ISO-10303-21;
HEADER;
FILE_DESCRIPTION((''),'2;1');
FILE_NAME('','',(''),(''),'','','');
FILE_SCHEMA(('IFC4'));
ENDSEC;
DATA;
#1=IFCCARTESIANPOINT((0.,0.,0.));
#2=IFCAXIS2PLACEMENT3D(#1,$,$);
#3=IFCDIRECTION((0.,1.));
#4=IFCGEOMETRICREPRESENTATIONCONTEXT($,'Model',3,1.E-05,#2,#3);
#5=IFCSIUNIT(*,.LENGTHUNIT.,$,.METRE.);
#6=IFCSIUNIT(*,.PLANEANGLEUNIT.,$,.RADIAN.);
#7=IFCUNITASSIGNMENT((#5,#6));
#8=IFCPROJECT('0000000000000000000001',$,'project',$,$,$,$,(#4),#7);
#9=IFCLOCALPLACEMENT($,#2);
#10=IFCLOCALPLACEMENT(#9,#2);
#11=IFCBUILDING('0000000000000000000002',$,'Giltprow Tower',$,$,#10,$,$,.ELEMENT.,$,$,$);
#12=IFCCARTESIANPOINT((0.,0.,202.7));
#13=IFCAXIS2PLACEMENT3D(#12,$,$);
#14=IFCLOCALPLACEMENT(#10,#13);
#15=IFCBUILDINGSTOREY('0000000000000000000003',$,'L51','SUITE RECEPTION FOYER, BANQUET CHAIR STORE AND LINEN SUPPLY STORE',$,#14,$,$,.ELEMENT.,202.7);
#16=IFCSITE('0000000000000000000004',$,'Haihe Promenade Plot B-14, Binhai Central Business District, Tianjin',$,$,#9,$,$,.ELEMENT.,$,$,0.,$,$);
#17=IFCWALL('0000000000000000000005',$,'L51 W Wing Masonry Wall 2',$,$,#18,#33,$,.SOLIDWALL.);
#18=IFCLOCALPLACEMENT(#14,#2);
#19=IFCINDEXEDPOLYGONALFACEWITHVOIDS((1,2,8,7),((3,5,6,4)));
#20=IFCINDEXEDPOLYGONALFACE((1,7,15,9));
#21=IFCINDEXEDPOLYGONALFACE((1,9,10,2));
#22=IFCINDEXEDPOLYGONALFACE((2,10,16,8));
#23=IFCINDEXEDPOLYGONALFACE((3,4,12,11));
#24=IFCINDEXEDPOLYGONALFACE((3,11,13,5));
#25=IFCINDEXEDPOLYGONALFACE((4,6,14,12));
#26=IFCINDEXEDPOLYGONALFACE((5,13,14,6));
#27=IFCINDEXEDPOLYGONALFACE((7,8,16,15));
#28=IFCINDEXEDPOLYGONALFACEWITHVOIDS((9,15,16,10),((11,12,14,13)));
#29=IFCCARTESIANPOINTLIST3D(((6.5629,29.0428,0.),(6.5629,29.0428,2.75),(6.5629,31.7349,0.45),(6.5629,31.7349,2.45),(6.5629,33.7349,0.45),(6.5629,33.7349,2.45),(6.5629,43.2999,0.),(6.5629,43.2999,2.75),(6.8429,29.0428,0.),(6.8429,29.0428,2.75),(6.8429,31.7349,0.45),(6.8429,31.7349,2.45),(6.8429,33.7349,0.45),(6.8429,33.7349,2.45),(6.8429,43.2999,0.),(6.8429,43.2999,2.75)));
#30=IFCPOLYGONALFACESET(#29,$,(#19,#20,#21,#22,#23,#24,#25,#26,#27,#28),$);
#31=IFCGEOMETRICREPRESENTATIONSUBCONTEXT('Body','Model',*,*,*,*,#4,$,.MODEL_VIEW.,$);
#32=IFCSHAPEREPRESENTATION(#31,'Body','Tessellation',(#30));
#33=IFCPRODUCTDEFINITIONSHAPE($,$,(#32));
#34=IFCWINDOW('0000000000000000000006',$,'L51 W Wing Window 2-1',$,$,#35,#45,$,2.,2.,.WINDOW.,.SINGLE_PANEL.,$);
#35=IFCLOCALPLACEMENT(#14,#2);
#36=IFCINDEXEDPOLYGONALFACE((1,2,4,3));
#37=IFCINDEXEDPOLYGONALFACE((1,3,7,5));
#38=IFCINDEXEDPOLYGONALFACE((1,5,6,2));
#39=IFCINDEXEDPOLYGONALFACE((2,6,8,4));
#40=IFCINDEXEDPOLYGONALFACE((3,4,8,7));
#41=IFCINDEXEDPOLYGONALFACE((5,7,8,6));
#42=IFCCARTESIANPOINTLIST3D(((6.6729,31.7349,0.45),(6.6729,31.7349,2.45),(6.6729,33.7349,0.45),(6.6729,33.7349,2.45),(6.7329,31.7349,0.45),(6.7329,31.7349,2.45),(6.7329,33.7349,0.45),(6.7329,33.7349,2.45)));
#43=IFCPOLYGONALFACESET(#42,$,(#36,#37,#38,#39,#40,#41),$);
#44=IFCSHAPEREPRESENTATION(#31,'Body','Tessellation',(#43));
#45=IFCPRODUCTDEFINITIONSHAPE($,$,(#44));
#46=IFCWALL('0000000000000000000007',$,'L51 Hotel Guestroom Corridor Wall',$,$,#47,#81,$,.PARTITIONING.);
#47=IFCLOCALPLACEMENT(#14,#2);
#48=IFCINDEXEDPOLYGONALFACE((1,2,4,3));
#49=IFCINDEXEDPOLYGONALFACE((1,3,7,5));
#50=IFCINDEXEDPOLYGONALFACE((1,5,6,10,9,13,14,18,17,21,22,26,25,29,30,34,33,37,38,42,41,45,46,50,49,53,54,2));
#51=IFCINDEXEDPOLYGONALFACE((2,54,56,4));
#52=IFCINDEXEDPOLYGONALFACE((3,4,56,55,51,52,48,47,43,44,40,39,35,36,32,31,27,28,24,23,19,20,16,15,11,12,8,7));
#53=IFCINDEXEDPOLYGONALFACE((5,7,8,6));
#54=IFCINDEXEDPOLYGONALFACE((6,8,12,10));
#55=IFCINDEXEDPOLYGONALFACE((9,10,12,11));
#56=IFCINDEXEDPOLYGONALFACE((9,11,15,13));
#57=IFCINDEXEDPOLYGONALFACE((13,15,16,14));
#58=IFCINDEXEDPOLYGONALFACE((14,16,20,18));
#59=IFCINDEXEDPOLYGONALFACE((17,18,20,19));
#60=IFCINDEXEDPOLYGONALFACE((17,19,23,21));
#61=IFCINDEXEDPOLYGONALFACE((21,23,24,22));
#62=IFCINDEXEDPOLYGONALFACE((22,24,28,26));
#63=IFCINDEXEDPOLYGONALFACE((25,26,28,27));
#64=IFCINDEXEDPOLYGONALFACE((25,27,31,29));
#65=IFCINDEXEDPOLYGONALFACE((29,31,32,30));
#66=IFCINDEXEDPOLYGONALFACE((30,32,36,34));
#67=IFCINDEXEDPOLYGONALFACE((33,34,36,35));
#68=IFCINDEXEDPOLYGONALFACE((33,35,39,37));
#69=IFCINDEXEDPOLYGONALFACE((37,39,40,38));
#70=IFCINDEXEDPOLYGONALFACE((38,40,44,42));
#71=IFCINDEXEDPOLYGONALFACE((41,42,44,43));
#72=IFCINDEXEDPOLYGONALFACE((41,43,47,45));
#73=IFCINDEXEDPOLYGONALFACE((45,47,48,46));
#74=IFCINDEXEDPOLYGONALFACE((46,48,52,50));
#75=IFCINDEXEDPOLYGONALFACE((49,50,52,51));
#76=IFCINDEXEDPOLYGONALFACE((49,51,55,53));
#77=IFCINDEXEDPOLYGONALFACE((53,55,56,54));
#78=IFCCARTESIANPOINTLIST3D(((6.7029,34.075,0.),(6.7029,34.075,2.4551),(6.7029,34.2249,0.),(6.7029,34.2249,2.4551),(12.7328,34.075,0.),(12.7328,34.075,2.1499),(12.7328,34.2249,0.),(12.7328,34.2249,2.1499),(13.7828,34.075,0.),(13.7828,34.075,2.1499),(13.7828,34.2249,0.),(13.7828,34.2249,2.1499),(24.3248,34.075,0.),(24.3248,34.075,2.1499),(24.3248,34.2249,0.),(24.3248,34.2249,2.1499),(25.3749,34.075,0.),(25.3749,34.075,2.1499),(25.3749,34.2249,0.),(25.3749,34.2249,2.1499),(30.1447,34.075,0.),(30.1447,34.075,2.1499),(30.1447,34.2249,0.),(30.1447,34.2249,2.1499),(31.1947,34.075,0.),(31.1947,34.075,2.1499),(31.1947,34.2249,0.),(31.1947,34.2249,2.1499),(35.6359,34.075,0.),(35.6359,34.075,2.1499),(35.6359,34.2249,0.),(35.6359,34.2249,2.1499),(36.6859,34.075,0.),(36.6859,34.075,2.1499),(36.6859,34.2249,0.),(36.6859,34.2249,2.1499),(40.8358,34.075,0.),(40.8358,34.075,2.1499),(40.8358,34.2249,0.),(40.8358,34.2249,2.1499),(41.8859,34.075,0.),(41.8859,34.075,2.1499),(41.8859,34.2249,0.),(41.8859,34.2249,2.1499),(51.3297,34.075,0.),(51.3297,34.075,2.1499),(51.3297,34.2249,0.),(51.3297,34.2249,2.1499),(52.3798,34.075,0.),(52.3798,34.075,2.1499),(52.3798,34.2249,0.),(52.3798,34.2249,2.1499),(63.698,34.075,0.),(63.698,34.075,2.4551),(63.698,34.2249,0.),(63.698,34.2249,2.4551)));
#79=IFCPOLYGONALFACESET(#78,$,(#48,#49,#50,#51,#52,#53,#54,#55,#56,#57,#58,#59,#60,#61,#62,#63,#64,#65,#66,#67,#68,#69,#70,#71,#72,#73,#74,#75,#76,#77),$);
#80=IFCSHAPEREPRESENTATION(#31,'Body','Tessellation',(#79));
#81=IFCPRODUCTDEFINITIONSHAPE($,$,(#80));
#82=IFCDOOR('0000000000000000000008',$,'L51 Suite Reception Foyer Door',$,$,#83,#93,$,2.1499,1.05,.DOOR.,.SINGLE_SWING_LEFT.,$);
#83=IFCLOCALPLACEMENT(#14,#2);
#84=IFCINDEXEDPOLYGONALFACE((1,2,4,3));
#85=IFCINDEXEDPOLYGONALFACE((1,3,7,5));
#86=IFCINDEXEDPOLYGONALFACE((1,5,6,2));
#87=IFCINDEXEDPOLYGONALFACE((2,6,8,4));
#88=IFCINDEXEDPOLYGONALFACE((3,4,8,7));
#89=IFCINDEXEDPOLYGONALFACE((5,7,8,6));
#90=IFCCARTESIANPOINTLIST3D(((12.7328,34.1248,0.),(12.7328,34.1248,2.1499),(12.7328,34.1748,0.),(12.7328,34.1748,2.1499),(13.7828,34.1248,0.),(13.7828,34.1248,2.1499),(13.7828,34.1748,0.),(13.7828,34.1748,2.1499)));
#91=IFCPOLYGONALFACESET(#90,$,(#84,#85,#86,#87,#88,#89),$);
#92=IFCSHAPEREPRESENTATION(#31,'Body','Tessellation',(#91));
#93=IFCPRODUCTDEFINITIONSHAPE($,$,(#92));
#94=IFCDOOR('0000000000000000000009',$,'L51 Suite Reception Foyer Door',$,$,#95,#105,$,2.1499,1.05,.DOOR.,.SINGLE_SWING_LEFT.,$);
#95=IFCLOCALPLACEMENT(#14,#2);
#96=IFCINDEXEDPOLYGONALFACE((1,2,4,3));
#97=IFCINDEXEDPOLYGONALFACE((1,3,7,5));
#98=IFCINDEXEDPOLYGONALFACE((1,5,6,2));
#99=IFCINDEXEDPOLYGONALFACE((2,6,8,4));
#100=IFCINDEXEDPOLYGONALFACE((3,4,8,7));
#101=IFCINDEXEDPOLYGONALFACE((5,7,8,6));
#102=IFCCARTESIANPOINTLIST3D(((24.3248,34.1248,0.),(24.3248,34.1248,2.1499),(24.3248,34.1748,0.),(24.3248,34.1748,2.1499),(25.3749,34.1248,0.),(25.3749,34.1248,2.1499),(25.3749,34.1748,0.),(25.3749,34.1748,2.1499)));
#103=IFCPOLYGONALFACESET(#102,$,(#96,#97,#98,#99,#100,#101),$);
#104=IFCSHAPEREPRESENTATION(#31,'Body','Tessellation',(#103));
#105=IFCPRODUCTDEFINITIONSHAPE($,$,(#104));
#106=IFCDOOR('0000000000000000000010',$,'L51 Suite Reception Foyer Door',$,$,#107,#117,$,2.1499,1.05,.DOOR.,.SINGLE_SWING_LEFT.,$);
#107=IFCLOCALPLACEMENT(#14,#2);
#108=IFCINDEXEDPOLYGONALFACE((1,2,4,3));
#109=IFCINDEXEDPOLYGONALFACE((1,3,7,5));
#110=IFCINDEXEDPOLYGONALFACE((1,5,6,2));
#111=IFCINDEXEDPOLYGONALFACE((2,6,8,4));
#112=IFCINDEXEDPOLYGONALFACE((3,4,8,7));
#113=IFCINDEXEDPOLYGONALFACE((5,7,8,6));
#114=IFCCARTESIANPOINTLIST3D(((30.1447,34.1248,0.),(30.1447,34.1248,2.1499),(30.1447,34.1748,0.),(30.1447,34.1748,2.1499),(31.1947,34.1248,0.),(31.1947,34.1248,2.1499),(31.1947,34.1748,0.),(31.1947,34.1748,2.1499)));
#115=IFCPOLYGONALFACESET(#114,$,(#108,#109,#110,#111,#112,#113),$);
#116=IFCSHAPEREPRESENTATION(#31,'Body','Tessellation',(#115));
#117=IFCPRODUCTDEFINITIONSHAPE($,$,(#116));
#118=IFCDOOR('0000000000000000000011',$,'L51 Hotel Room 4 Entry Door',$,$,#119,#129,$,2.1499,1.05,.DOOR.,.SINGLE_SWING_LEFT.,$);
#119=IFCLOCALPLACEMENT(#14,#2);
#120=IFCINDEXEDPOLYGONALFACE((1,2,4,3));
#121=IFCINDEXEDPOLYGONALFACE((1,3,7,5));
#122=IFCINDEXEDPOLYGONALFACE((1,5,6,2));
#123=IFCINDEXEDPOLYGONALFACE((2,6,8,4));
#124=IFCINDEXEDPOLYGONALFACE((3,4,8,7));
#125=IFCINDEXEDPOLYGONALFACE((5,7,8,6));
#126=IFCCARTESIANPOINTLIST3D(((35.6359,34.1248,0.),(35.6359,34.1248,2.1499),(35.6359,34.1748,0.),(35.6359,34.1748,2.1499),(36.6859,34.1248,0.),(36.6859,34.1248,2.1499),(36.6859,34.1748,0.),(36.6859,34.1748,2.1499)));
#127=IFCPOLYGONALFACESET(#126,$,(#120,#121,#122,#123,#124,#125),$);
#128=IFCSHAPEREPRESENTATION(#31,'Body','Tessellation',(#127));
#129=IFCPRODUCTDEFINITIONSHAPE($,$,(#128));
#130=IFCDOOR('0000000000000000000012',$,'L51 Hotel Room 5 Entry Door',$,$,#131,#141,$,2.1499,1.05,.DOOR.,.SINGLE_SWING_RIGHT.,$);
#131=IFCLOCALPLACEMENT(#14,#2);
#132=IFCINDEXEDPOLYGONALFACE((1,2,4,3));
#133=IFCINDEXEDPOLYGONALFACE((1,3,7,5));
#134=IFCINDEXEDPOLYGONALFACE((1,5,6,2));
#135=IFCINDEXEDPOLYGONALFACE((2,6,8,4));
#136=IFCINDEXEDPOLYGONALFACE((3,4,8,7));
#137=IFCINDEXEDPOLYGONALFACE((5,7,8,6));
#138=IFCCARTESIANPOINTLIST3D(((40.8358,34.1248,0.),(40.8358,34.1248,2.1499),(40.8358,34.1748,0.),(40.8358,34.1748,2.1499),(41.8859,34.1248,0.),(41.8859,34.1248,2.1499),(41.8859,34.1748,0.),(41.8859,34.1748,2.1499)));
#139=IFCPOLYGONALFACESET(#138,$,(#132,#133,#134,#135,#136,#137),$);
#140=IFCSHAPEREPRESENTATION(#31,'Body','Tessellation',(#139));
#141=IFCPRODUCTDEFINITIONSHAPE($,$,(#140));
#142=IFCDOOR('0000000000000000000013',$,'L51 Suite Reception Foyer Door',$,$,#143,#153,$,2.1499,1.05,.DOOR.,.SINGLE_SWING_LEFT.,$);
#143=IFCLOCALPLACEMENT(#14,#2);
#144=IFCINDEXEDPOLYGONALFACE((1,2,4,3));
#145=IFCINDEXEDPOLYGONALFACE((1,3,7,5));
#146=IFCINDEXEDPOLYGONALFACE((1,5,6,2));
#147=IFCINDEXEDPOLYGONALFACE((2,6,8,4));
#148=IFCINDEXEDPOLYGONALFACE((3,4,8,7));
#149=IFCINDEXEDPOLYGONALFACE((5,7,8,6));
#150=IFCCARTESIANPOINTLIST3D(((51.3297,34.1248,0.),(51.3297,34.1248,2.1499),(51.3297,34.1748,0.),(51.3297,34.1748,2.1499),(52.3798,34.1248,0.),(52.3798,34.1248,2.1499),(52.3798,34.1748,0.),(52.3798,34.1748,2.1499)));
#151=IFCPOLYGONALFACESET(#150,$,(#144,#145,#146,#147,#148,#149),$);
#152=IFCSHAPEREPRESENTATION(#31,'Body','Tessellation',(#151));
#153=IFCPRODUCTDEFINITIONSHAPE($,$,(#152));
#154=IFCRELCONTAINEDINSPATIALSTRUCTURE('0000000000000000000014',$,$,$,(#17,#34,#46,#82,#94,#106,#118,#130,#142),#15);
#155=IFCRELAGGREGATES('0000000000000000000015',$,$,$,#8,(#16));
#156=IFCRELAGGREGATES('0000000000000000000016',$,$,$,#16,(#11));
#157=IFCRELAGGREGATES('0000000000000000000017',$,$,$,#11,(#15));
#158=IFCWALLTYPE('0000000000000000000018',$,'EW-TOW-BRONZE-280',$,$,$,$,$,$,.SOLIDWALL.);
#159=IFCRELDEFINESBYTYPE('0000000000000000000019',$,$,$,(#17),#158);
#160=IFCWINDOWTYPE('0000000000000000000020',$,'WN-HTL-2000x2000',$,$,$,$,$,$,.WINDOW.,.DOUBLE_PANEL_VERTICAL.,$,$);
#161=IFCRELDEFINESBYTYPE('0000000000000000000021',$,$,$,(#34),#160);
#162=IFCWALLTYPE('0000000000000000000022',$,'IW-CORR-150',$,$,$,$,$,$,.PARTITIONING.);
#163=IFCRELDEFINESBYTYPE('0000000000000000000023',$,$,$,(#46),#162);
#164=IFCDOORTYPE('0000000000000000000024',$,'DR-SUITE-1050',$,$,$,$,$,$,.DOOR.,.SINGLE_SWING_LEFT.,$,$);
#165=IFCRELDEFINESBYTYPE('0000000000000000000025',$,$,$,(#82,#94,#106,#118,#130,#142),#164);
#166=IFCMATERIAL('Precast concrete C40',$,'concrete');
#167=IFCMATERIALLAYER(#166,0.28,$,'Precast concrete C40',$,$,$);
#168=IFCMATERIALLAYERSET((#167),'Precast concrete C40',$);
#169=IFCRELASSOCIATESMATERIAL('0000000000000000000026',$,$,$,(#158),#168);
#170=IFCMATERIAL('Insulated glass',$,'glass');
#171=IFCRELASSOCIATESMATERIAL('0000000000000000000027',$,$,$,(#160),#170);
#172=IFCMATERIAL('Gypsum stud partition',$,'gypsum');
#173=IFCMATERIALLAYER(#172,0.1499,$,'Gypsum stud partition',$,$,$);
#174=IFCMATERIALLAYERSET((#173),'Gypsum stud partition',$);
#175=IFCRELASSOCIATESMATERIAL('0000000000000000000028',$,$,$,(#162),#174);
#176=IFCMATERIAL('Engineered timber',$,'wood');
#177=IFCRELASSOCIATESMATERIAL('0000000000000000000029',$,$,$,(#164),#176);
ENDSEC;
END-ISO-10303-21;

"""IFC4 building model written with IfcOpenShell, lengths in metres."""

from ifc_helpers import new_model, si_unit, direction, frame, frame_2d, origin, place, context, subcontext, project, spatial, rectangle, extrude, source, transform, mapped, material, layer, layer_set, type_object, element, fill, save


model = new_model("IFC4")

# Units and contexts
model_context = context("Model", 3, precision=1e-05, world=origin(), true_north=direction((0.0, 1.0)))
body_context = subcontext(model_context, "Body", "Model", "MODEL_VIEW")
ifc_project = project(units=[si_unit("LENGTHUNIT", "METRE"), si_unit("PLANEANGLEUNIT", "RADIAN")], contexts=[model_context])

# Site, building, storey
site_placement = place(None, origin())
site = spatial("IfcSite", under=ifc_project, at=site_placement, Name="Haihe Promenade Plot B-14, Binhai Central Business District, Tianjin", CompositionType="ELEMENT", RefElevation=0.0)
building_placement = place(site_placement, origin())
building = spatial("IfcBuilding", under=site, at=building_placement, Name="Giltprow Tower", CompositionType="ELEMENT")
storey_placement = place(building_placement, frame((0.0, 0.0, 202.7)))
storey = spatial("IfcBuildingStorey", under=building, at=storey_placement, Name="L51", Description="SUITE RECEPTION FOYER, BANQUET CHAIR STORE AND LINEN SUPPLY STORE", CompositionType="ELEMENT", Elevation=202.7)

# Wall, opening, window
ifc_material_1 = material(Name="Precast concrete C40", Category="concrete")
ifc_layer_1 = layer(ifc_material_1, 0.28, Name="Precast concrete C40")
ifc_layer_set_1 = layer_set([ifc_layer_1], Name="Precast concrete C40")
wall_type_1 = type_object("IfcWallType", Name="EW-TOW-BRONZE-280", PredefinedType="SOLIDWALL", material=ifc_layer_set_1)
wall_1_placement = place(storey_placement, frame((6.7029, 29.043, 0.0), z_axis=(0.0, 0.0, 1.0), x_axis=(0.0, 1.0, 0.0)))
wall_1 = element("IfcWall", 1, at=wall_1_placement, inside=storey, type_object=wall_type_1, Name="L51 W Wing Masonry Wall 2", PredefinedType="SOLIDWALL", context=body_context, shape_type="SweptSolid", body=[
    extrude(rectangle(XDim=14.2571, YDim=0.28, at=frame_2d((7.1284, 0.0))), origin(), (0.0, 0.0, 1.0), 2.75),
])
opening_1_placement = place(wall_1_placement, frame((2.6919, 0.0, 0.45)))
opening_1 = element("IfcOpeningElement", 2, at=opening_1_placement, cuts=wall_1, PredefinedType="OPENING", context=body_context, shape_type="SweptSolid", body=[
    extrude(rectangle(XDim=2.0, YDim=2.0, at=frame_2d((1.0, 1.0))), frame((0.0, 0.1499, 0.0), z_axis=(0.0, -1.0, 0.0), x_axis=(1.0, 0.0, 0.0)), (0.0, 0.0, 1.0), 0.3),
])
ifc_material_2 = material(Name="Insulated glass", Category="glass")
window_type = type_object("IfcWindowType", Name="WN-HTL-2000x2000", PartitioningType="DOUBLE_PANEL_VERTICAL", PredefinedType="WINDOW", material=ifc_material_2)
shared_shape_1 = source(origin(), body_context, "Body", "SweptSolid", [
    extrude(rectangle(XDim=2.0, YDim=2.0, at=frame_2d((1.0, 1.0))), frame((0.0, 0.03, 0.0), z_axis=(0.0, -1.0, 0.0), x_axis=(1.0, 0.0, 0.0)), (0.0, 0.0, 1.0), 0.0601),
])
window_placement = place(opening_1_placement, origin())
window = element("IfcWindow", 3, at=window_placement, inside=storey, type_object=window_type, Name="L51 W Wing Window 2-1", OverallHeight=2.0, OverallWidth=2.0, PartitioningType="SINGLE_PANEL", PredefinedType="WINDOW", context=body_context, shape_type="MappedRepresentation", body=[
    mapped(shared_shape_1, transform((0.0, 0.0, 0.0), x_axis=(1.0, 0.0, 0.0), y_axis=(0.0, 1.0, 0.0), z_axis=(0.0, 0.0, 1.0), scale=1.0)),
])
fill(opening_1, window)

# Wall, openings, doors
ifc_material_3 = material(Name="Gypsum stud partition", Category="gypsum")
ifc_layer_2 = layer(ifc_material_3, 0.1499, Name="Gypsum stud partition")
ifc_layer_set_2 = layer_set([ifc_layer_2], Name="Gypsum stud partition")
wall_type_2 = type_object("IfcWallType", Name="IW-CORR-150", PredefinedType="PARTITIONING", material=ifc_layer_set_2)
wall_2_placement = place(storey_placement, frame((6.7029, 34.1499, 0.0), z_axis=(0.0, 0.0, 1.0), x_axis=(1.0, 0.0, 0.0)))
wall_2 = element("IfcWall", 4, at=wall_2_placement, inside=storey, type_object=wall_type_2, Name="L51 Hotel Guestroom Corridor Wall", PredefinedType="PARTITIONING", context=body_context, shape_type="SweptSolid", body=[
    extrude(rectangle(XDim=56.9951, YDim=0.1499, at=frame_2d((28.4976, 0.0))), origin(), (0.0, 0.0, 1.0), 2.4551),
])
opening_2_placement = place(wall_2_placement, frame((6.03, 0.0, 0.0)))
opening_2 = element("IfcOpeningElement", 5, at=opening_2_placement, cuts=wall_2, PredefinedType="OPENING", context=body_context, shape_type="SweptSolid", body=[
    extrude(rectangle(XDim=1.05, YDim=2.1499, at=frame_2d((0.5249, 1.075))), frame((0.0, 0.085, 0.0), z_axis=(0.0, -1.0, 0.0), x_axis=(1.0, 0.0, 0.0)), (0.0, 0.0, 1.0), 0.1699),
])
opening_3_placement = place(wall_2_placement, frame((17.6221, 0.0, 0.0)))
opening_3 = element("IfcOpeningElement", 6, at=opening_3_placement, cuts=wall_2, PredefinedType="OPENING", context=body_context, shape_type="SweptSolid", body=[
    extrude(rectangle(XDim=1.05, YDim=2.1499, at=frame_2d((0.5249, 1.075))), frame((0.0, 0.085, 0.0), z_axis=(0.0, -1.0, 0.0), x_axis=(1.0, 0.0, 0.0)), (0.0, 0.0, 1.0), 0.1699),
])
opening_4_placement = place(wall_2_placement, frame((23.4419, 0.0, 0.0)))
opening_4 = element("IfcOpeningElement", 7, at=opening_4_placement, cuts=wall_2, PredefinedType="OPENING", context=body_context, shape_type="SweptSolid", body=[
    extrude(rectangle(XDim=1.05, YDim=2.1499, at=frame_2d((0.5249, 1.075))), frame((0.0, 0.085, 0.0), z_axis=(0.0, -1.0, 0.0), x_axis=(1.0, 0.0, 0.0)), (0.0, 0.0, 1.0), 0.1699),
])
opening_5_placement = place(wall_2_placement, frame((28.9331, 0.0, 0.0)))
opening_5 = element("IfcOpeningElement", 8, at=opening_5_placement, cuts=wall_2, PredefinedType="OPENING", context=body_context, shape_type="SweptSolid", body=[
    extrude(rectangle(XDim=1.05, YDim=2.1499, at=frame_2d((0.5249, 1.075))), frame((0.0, 0.085, 0.0), z_axis=(0.0, -1.0, 0.0), x_axis=(1.0, 0.0, 0.0)), (0.0, 0.0, 1.0), 0.1699),
])
opening_6_placement = place(wall_2_placement, frame((34.1331, 0.0, 0.0)))
opening_6 = element("IfcOpeningElement", 9, at=opening_6_placement, cuts=wall_2, PredefinedType="OPENING", context=body_context, shape_type="SweptSolid", body=[
    extrude(rectangle(XDim=1.05, YDim=2.1499, at=frame_2d((0.5249, 1.075))), frame((0.0, 0.085, 0.0), z_axis=(0.0, -1.0, 0.0), x_axis=(1.0, 0.0, 0.0)), (0.0, 0.0, 1.0), 0.1699),
])
opening_7_placement = place(wall_2_placement, frame((44.627, 0.0, 0.0)))
opening_7 = element("IfcOpeningElement", 10, at=opening_7_placement, cuts=wall_2, PredefinedType="OPENING", context=body_context, shape_type="SweptSolid", body=[
    extrude(rectangle(XDim=1.05, YDim=2.1499, at=frame_2d((0.5249, 1.075))), frame((0.0, 0.085, 0.0), z_axis=(0.0, -1.0, 0.0), x_axis=(1.0, 0.0, 0.0)), (0.0, 0.0, 1.0), 0.1699),
])
ifc_material_4 = material(Name="Engineered timber", Category="wood")
door_type_1 = type_object("IfcDoorType", Name="DR-SUITE-1050", OperationType="SINGLE_SWING_LEFT", PredefinedType="DOOR", material=ifc_material_4)
shared_shape_2 = source(origin(), body_context, "Body", "SweptSolid", [
    extrude(rectangle(XDim=1.05, YDim=2.1499, at=frame_2d((0.5249, 1.075))), frame((0.0, 0.0249, 0.0), z_axis=(0.0, -1.0, 0.0), x_axis=(1.0, 0.0, 0.0)), (0.0, 0.0, 1.0), 0.05),
])
door_1_placement = place(opening_2_placement, origin())
door_1 = element("IfcDoor", 11, at=door_1_placement, inside=storey, type_object=door_type_1, Name="L51 Suite Reception Foyer Door", OperationType="SINGLE_SWING_LEFT", OverallHeight=2.1499, OverallWidth=1.05, PredefinedType="DOOR", context=body_context, shape_type="MappedRepresentation", body=[
    mapped(shared_shape_2, transform((0.0, 0.0, 0.0), x_axis=(1.0, 0.0, 0.0), y_axis=(0.0, 1.0, 0.0), z_axis=(0.0, 0.0, 1.0), scale=1.0)),
])
fill(opening_2, door_1)
door_2_placement = place(opening_3_placement, origin())
door_2 = element("IfcDoor", 12, at=door_2_placement, inside=storey, type_object=door_type_1, Name="L51 Suite Reception Foyer Door", OperationType="SINGLE_SWING_LEFT", OverallHeight=2.1499, OverallWidth=1.05, PredefinedType="DOOR", context=body_context, shape_type="MappedRepresentation", body=[
    mapped(shared_shape_2, transform((0.0, 0.0, 0.0), x_axis=(1.0, 0.0, 0.0), y_axis=(0.0, 1.0, 0.0), z_axis=(0.0, 0.0, 1.0), scale=1.0)),
])
fill(opening_3, door_2)
door_3_placement = place(opening_4_placement, origin())
door_3 = element("IfcDoor", 13, at=door_3_placement, inside=storey, type_object=door_type_1, Name="L51 Suite Reception Foyer Door", OperationType="SINGLE_SWING_LEFT", OverallHeight=2.1499, OverallWidth=1.05, PredefinedType="DOOR", context=body_context, shape_type="MappedRepresentation", body=[
    mapped(shared_shape_2, transform((0.0, 0.0, 0.0), x_axis=(1.0, 0.0, 0.0), y_axis=(0.0, 1.0, 0.0), z_axis=(0.0, 0.0, 1.0), scale=1.0)),
])
fill(opening_4, door_3)
door_4_placement = place(opening_5_placement, origin())
door_4 = element("IfcDoor", 14, at=door_4_placement, inside=storey, type_object=door_type_1, Name="L51 Hotel Room 4 Entry Door", OperationType="SINGLE_SWING_LEFT", OverallHeight=2.1499, OverallWidth=1.05, PredefinedType="DOOR", context=body_context, shape_type="MappedRepresentation", body=[
    mapped(shared_shape_2, transform((0.0, 0.0, 0.0), x_axis=(1.0, 0.0, 0.0), y_axis=(0.0, 1.0, 0.0), z_axis=(0.0, 0.0, 1.0), scale=1.0)),
])
fill(opening_5, door_4)
door_5_placement = place(opening_6_placement, origin())
door_5 = element("IfcDoor", 15, at=door_5_placement, inside=storey, type_object=door_type_1, Name="L51 Hotel Room 5 Entry Door", OperationType="SINGLE_SWING_RIGHT", OverallHeight=2.1499, OverallWidth=1.05, PredefinedType="DOOR", context=body_context, shape_type="MappedRepresentation", body=[
    mapped(shared_shape_2, transform((0.0, 0.0, 0.0), x_axis=(1.0, 0.0, 0.0), y_axis=(0.0, 1.0, 0.0), z_axis=(0.0, 0.0, 1.0), scale=1.0)),
])
fill(opening_6, door_5)
door_6_placement = place(opening_7_placement, origin())
door_6 = element("IfcDoor", 16, at=door_6_placement, inside=storey, type_object=door_type_1, Name="L51 Suite Reception Foyer Door", OperationType="SINGLE_SWING_LEFT", OverallHeight=2.1499, OverallWidth=1.05, PredefinedType="DOOR", context=body_context, shape_type="MappedRepresentation", body=[
    mapped(shared_shape_2, transform((0.0, 0.0, 0.0), x_axis=(1.0, 0.0, 0.0), y_axis=(0.0, 1.0, 0.0), z_axis=(0.0, 0.0, 1.0), scale=1.0)),
])
fill(opening_7, door_6)

save(model, "model.ifc")
